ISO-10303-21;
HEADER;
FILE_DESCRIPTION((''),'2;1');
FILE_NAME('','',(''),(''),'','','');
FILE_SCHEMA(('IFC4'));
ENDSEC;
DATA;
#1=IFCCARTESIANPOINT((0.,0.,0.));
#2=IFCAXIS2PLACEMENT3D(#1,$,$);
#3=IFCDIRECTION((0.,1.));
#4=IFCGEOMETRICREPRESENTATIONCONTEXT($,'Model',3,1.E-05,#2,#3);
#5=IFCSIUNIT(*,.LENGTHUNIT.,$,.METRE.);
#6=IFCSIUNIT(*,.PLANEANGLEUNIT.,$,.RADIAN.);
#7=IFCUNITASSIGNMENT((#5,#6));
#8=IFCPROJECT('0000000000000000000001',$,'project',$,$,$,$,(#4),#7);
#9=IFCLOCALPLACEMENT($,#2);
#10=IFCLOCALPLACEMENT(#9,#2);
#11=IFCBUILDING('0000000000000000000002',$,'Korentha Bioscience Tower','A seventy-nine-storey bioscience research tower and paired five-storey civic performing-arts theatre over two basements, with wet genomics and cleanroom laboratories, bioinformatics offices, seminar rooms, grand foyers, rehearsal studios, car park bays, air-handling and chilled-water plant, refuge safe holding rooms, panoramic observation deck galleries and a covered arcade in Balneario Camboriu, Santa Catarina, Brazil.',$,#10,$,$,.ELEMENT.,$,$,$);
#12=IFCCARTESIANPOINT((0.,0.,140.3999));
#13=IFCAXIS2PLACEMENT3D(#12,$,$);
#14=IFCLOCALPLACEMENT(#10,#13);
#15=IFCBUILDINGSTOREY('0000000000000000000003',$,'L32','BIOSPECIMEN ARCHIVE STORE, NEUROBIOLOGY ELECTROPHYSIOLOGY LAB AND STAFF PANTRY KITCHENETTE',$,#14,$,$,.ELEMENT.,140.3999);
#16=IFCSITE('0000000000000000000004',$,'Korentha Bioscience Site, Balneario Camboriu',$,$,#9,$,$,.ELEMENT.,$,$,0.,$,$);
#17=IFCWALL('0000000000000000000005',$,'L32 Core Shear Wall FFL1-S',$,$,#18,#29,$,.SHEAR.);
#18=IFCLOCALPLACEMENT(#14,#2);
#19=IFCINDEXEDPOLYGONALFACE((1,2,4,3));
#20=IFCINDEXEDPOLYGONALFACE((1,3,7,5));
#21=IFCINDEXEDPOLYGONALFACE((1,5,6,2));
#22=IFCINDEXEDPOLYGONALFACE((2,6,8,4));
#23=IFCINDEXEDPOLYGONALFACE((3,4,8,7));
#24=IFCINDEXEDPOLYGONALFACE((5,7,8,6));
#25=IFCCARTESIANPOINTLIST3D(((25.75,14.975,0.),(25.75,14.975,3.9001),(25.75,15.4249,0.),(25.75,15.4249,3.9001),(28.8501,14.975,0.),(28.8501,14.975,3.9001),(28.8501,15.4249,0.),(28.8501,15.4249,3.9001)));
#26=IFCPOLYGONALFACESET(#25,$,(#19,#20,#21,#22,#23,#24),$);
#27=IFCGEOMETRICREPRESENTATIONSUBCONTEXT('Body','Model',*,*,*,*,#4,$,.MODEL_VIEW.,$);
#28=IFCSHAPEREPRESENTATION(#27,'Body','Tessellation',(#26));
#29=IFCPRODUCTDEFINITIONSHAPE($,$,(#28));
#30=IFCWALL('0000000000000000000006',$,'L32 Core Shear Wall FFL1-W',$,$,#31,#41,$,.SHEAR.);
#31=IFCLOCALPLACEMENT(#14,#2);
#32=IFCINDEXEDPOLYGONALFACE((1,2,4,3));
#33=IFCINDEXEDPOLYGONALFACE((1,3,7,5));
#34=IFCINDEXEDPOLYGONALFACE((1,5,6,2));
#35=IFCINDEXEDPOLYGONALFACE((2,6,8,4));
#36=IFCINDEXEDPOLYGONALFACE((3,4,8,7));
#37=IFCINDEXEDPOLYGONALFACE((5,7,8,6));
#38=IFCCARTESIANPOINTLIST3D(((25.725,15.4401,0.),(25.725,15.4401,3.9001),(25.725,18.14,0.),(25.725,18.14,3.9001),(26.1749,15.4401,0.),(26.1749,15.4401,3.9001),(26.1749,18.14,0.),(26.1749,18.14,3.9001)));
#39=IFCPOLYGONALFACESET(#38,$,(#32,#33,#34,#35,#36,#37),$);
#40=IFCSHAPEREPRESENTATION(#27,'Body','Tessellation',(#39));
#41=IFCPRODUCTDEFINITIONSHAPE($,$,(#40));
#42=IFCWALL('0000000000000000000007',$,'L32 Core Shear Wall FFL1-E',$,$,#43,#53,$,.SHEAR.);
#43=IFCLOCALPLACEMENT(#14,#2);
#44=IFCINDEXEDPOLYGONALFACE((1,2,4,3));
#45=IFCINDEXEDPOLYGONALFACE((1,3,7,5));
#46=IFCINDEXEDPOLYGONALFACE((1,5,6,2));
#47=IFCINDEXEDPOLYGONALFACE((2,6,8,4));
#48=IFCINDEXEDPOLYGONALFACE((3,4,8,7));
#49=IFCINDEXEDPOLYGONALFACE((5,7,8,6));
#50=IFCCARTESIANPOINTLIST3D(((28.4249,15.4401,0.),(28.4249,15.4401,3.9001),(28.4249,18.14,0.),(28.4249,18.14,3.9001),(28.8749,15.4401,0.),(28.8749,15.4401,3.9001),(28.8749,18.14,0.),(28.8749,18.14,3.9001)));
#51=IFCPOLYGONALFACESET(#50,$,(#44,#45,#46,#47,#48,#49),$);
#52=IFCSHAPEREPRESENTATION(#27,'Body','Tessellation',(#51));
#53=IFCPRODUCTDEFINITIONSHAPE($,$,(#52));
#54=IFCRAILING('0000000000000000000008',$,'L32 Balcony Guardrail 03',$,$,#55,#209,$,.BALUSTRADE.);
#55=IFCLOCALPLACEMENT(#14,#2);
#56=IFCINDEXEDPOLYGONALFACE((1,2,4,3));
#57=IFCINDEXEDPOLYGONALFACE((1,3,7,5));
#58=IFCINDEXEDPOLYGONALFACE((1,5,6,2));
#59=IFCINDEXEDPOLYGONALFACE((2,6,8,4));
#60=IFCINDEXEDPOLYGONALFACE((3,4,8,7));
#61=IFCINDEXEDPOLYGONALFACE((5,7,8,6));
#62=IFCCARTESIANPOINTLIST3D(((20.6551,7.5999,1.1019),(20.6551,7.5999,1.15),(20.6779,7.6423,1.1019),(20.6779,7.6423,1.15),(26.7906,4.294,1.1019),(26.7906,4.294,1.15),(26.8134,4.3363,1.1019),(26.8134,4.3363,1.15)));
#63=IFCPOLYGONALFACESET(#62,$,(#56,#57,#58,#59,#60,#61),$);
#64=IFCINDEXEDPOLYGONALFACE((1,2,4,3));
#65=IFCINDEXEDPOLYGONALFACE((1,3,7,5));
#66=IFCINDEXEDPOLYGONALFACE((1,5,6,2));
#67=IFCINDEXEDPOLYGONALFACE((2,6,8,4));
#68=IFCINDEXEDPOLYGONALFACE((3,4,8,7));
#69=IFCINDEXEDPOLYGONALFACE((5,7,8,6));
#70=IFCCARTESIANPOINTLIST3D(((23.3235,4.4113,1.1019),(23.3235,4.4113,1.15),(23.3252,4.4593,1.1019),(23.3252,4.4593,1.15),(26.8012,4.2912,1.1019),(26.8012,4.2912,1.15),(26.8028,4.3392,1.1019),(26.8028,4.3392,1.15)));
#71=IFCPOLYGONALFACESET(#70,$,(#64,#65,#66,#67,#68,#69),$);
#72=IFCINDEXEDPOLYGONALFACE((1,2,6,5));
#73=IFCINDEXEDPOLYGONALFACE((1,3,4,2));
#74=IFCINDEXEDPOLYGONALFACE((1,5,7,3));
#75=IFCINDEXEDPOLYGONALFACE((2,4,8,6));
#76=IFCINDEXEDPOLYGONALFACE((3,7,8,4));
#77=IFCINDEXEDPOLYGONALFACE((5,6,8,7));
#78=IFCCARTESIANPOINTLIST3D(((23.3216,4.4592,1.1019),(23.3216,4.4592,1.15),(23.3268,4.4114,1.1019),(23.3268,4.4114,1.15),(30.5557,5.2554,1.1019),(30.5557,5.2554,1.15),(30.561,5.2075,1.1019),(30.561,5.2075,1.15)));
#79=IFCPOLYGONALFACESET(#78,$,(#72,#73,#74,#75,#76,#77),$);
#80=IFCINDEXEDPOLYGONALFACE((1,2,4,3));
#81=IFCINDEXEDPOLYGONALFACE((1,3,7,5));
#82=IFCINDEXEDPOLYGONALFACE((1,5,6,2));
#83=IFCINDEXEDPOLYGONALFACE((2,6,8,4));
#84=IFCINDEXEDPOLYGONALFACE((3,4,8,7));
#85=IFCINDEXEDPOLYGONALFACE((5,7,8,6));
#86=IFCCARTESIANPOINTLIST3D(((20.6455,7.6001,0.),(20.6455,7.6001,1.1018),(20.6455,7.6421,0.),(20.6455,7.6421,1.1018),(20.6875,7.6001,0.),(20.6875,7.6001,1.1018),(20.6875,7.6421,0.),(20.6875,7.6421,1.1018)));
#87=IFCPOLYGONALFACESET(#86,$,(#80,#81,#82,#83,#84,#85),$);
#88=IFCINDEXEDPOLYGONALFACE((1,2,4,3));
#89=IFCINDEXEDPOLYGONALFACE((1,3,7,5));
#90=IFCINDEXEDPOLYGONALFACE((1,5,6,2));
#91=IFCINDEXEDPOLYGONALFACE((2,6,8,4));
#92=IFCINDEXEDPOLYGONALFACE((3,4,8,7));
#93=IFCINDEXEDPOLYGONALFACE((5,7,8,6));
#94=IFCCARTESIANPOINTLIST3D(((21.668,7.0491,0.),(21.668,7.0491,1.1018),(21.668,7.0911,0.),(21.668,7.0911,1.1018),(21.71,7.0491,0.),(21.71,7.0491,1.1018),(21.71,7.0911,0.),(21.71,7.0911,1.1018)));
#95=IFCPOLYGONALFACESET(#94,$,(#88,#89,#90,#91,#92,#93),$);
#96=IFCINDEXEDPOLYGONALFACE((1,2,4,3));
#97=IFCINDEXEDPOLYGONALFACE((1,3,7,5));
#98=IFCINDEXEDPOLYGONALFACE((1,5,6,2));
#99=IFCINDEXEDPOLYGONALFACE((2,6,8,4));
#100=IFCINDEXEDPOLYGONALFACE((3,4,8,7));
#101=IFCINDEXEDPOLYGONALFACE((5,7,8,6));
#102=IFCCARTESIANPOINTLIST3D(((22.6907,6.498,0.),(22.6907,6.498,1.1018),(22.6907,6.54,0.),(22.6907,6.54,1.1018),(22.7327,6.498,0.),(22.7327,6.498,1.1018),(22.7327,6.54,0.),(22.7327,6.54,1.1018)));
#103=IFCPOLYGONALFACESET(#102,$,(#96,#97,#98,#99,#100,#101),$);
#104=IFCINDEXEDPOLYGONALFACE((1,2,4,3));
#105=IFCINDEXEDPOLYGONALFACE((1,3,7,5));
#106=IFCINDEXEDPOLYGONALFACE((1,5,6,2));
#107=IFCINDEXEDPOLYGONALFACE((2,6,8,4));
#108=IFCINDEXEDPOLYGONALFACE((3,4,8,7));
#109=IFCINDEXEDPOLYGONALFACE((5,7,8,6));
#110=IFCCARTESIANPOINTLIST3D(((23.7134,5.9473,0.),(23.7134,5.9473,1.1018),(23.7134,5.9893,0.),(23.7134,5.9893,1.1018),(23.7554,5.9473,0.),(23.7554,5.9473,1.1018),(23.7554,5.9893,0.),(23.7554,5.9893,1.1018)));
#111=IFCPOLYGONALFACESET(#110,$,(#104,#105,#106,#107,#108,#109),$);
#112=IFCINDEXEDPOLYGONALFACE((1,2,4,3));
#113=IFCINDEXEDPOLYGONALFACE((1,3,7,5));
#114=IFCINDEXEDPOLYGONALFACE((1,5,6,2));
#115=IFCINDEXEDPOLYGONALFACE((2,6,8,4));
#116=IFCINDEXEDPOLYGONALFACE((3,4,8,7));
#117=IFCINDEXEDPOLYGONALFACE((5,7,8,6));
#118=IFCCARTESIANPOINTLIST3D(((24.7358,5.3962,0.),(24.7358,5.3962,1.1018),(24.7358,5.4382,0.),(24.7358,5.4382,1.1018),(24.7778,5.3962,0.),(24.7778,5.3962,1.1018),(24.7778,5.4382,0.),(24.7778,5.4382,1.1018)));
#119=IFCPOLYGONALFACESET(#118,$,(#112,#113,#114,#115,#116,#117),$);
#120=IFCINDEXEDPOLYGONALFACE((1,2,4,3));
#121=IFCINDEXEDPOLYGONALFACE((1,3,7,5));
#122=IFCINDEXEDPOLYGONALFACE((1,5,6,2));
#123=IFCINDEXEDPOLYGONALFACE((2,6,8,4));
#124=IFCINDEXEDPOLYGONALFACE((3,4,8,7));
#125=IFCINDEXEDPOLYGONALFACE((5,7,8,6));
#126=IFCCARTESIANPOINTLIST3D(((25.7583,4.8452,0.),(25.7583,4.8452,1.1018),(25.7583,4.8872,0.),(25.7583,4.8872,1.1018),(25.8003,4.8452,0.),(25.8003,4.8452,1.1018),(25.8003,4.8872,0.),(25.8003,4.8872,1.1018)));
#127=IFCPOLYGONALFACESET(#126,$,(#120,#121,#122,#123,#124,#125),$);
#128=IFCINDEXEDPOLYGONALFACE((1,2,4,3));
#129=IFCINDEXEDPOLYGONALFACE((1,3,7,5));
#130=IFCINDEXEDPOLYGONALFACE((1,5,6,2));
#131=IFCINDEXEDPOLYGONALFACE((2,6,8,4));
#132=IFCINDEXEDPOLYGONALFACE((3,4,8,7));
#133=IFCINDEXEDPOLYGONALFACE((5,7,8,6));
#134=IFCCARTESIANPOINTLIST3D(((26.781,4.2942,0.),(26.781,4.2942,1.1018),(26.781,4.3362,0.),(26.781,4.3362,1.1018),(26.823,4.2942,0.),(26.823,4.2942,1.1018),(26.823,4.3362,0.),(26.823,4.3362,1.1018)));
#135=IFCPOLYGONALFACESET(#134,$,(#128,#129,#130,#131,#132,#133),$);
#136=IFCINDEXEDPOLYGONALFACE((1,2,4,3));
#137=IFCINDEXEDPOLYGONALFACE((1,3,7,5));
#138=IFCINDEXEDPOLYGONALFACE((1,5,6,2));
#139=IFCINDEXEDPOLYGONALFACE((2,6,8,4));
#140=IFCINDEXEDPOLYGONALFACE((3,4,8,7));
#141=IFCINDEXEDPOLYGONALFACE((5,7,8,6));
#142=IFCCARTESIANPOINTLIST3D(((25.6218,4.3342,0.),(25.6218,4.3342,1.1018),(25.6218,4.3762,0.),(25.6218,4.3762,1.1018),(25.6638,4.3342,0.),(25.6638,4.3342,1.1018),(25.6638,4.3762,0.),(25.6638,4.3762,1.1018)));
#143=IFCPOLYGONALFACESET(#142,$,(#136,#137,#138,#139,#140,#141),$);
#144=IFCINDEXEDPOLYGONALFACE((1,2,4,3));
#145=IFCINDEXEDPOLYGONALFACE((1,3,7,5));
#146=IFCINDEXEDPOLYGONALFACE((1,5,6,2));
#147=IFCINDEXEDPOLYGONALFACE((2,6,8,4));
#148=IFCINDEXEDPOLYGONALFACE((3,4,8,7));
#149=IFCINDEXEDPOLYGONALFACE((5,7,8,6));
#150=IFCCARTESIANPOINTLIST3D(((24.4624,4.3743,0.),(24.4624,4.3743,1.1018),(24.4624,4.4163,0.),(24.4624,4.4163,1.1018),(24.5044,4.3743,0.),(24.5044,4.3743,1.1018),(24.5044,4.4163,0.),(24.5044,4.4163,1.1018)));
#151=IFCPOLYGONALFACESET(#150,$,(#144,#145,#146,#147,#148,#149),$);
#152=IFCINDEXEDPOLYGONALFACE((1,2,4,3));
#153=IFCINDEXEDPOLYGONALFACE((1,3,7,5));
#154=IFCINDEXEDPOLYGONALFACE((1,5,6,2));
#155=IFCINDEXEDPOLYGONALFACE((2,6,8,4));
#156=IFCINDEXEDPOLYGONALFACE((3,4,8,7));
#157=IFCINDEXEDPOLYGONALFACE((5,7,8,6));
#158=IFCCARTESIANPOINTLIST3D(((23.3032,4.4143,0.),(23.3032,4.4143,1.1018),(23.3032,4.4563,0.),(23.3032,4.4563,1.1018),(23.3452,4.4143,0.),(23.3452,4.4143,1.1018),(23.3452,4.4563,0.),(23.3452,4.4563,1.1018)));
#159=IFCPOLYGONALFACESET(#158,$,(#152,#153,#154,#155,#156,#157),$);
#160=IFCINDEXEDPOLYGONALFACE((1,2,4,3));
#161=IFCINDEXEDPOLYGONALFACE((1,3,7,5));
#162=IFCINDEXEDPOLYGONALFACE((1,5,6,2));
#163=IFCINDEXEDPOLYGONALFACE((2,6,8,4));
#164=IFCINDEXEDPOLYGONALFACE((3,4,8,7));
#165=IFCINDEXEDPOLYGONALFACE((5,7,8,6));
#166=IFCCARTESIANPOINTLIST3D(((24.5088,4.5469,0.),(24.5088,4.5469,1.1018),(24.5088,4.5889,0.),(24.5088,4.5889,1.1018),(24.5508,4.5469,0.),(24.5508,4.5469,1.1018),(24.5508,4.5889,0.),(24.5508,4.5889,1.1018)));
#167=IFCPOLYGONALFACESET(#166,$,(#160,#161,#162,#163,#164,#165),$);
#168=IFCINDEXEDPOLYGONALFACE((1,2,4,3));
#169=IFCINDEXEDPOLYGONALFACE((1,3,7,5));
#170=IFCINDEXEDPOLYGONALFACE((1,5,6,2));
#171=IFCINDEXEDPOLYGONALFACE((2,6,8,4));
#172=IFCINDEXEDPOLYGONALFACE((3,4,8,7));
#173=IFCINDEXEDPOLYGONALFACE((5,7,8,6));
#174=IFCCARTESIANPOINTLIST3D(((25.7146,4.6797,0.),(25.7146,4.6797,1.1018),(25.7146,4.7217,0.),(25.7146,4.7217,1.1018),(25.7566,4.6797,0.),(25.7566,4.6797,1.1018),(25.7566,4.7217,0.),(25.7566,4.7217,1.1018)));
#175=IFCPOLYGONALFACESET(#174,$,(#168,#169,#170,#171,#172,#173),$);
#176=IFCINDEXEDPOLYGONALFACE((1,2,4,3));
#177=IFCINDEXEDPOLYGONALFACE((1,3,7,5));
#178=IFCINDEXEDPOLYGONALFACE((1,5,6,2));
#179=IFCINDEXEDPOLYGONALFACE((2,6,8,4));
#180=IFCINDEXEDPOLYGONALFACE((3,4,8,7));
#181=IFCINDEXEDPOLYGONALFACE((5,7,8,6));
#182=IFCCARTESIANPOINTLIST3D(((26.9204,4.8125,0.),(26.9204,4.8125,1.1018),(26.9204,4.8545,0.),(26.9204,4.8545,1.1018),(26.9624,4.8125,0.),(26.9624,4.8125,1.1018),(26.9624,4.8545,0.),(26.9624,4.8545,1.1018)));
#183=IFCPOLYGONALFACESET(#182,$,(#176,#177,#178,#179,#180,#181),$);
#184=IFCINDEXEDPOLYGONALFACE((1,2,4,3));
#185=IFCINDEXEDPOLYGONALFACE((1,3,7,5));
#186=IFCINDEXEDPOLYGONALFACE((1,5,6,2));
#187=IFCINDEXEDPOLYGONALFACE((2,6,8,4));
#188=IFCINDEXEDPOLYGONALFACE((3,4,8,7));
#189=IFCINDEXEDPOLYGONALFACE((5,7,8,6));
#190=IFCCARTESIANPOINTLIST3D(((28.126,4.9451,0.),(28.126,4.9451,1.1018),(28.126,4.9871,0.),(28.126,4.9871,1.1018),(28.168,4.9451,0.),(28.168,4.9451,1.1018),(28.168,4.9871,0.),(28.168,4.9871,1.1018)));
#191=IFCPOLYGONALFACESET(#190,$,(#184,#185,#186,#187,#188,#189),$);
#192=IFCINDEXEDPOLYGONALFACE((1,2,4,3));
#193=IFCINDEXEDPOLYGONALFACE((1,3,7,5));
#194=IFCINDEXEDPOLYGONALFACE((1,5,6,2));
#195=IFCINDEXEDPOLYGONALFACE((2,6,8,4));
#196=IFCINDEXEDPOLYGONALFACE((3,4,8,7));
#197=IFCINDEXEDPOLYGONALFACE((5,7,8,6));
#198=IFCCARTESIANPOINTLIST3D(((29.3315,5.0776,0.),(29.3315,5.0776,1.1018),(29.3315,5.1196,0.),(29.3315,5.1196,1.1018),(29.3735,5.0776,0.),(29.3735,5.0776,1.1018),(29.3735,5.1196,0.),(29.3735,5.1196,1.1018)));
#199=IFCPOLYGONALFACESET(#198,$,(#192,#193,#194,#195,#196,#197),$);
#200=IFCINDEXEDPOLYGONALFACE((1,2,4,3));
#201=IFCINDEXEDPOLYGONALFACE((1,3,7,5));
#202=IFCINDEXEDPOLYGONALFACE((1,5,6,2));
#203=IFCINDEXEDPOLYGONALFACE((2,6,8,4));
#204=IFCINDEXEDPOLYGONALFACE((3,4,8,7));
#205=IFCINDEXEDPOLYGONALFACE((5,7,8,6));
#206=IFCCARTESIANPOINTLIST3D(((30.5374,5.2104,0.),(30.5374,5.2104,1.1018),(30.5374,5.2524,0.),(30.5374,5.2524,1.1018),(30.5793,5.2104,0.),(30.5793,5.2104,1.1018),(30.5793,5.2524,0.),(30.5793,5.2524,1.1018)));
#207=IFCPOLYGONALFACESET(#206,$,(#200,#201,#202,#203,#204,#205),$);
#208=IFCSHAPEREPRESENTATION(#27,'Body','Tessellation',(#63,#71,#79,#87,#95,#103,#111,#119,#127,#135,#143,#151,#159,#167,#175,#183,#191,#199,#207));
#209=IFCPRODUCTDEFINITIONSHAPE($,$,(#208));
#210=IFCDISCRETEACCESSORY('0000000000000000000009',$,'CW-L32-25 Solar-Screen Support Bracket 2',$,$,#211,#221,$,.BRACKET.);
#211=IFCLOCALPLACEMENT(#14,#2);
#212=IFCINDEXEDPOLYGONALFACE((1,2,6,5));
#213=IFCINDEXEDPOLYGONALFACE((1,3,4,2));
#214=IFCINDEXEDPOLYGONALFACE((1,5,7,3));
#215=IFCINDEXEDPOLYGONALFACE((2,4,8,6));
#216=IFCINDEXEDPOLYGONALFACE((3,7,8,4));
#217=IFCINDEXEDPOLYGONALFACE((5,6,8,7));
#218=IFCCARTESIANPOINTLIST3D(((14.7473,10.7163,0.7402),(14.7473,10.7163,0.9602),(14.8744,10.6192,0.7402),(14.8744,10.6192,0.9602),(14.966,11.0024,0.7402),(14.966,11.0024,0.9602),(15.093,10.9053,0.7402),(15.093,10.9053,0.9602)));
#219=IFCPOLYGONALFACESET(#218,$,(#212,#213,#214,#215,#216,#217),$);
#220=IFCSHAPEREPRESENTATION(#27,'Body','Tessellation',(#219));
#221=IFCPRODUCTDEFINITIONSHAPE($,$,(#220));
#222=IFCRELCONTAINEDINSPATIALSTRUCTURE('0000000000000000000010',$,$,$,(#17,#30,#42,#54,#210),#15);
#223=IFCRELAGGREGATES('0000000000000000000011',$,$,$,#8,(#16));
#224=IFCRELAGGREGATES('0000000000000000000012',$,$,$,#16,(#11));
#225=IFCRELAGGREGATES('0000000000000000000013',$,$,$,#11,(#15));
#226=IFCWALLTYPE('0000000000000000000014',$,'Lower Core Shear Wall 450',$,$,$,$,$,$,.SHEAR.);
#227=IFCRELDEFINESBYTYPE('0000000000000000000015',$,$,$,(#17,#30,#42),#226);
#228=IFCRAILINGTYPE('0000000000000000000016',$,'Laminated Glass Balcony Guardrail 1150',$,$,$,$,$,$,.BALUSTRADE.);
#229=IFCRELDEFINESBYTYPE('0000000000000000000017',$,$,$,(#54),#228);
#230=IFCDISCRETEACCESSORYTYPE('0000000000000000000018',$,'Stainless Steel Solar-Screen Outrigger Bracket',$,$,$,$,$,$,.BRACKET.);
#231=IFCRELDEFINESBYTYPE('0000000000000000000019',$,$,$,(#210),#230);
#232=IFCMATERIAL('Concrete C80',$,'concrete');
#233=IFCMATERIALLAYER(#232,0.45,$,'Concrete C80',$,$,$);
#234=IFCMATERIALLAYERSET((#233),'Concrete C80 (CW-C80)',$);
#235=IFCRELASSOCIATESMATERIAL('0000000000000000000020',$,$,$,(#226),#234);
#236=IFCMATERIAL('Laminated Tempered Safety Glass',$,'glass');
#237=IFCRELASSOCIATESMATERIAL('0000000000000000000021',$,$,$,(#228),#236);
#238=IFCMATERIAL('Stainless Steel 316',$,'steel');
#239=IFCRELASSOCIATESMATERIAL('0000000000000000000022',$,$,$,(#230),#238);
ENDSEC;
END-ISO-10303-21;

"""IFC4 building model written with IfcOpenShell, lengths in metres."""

from ifc_helpers import new_model, si_unit, direction, frame, frame_2d, origin, origin_2d, place, context, subcontext, project, spatial, rectangle, extrude, material, layer, layer_set, type_object, element, save


model = new_model("IFC4")

# Units and contexts
model_context = context("Model", 3, precision=1e-05, world=origin(), true_north=direction((0.0, 1.0)))
body_context = subcontext(model_context, "Body", "Model", "MODEL_VIEW")
ifc_project = project(units=[si_unit("LENGTHUNIT", "METRE"), si_unit("PLANEANGLEUNIT", "RADIAN")], contexts=[model_context])

# Site, building, storey
site_placement = place(None, origin())
site = spatial("IfcSite", under=ifc_project, at=site_placement, Name="Korentha Bioscience Site, Balneario Camboriu", CompositionType="ELEMENT", RefElevation=0.0)
building_placement = place(site_placement, origin())
building = spatial("IfcBuilding", under=site, at=building_placement, Name="Korentha Bioscience Tower", Description="A seventy-nine-storey bioscience research tower and paired five-storey civic performing-arts theatre over two basements, with wet genomics and cleanroom laboratories, bioinformatics offices, seminar rooms, grand foyers, rehearsal studios, car park bays, air-handling and chilled-water plant, refuge safe holding rooms, panoramic observation deck galleries and a covered arcade in Balneario Camboriu, Santa Catarina, Brazil.", CompositionType="ELEMENT")
storey_placement = place(building_placement, frame((0.0, 0.0, 140.3999)))
storey = spatial("IfcBuildingStorey", under=building, at=storey_placement, Name="L32", Description="BIOSPECIMEN ARCHIVE STORE, NEUROBIOLOGY ELECTROPHYSIOLOGY LAB AND STAFF PANTRY KITCHENETTE", CompositionType="ELEMENT", Elevation=140.3999)

# Shared definitions
ifc_material_1 = material(Name="Concrete C80", Category="concrete")

# Walls
ifc_layer_1 = layer(ifc_material_1, 0.45, Name="Concrete C80")
ifc_layer_set_1 = layer_set([ifc_layer_1], Name="Concrete C80 (CW-C80)")
wall_type_1 = type_object("IfcWallType", Name="Lower Core Shear Wall 450", PredefinedType="SHEAR", material=ifc_layer_set_1)
wall_1_placement = place(storey_placement, frame((25.75, 15.2, 0.0), z_axis=(0.0, 0.0, 1.0), x_axis=(1.0, 0.0, 0.0)))
element("IfcWall", 1, at=wall_1_placement, inside=storey, type_object=wall_type_1, Name="L32 Core Shear Wall FFL1-S", PredefinedType="SHEAR", context=body_context, shape_type="SweptSolid", body=[
    extrude(rectangle(XDim=3.1001, YDim=0.45, at=frame_2d((1.55, 0.0))), origin(), (0.0, 0.0, 1.0), 3.9001),
])
for number, where, z_axis, x_axis, name in (
    (2, (25.95, 15.4399, 0.0), (0.0, 0.0, 1.0), (0.0, 1.0, 0.0), "L32 Core Shear Wall FFL1-W"),
    (3, (28.6499, 15.4399, 0.0), (0.0, 0.0, 1.0), (0.0, 1.0, 0.0), "L32 Core Shear Wall FFL1-E"),
):
    element("IfcWall", number, at=place(storey_placement, frame(where, z_axis=z_axis, x_axis=x_axis)), inside=storey, type_object=wall_type_1, Name=name, PredefinedType="SHEAR", context=body_context, shape_type="SweptSolid", body=[
        extrude(rectangle(XDim=2.7, YDim=0.45, at=frame_2d((1.3501, 0.0))), origin(), (0.0, 0.0, 1.0), 3.9001),
    ])

# Railing
ifc_material_2 = material(Name="Laminated Tempered Safety Glass", Category="glass")
railing_type = type_object("IfcRailingType", Name="Laminated Glass Balcony Guardrail 1150", PredefinedType="BALUSTRADE", material=ifc_material_2)
railing_placement = place(storey_placement, frame((20.6665, 7.6211, 0.0)))
element("IfcRailing", 4, at=railing_placement, inside=storey, type_object=railing_type, Name="L32 Balcony Guardrail 03", PredefinedType="BALUSTRADE", context=body_context, shape_type="SweptSolid", body=[
    extrude(rectangle(XDim=0.0481, YDim=0.0481, at=origin_2d()), frame((0.0, 0.0, 1.126), z_axis=(0.880341, -0.474342, 0.0), x_axis=(0.474342, 0.880341, 0.0)), (0.0, 0.0, 1.0), 6.9695),
    extrude(rectangle(XDim=0.0481, YDim=0.0481, at=origin_2d()), frame((6.1355, -3.3059, 1.126), z_axis=(-0.999404, 0.034518, 0.0), x_axis=(-0.034518, -0.999404, 0.0)), (0.0, 0.0, 1.0), 3.4797),
    extrude(rectangle(XDim=0.0481, YDim=0.0481, at=origin_2d()), frame((2.6577, -3.1858, 1.126), z_axis=(0.993999, 0.109393, 0.0), x_axis=(-0.109393, 0.993999, 0.0)), (0.0, 0.0, 1.0), 7.2778),
    extrude(rectangle(XDim=0.042, YDim=0.042, at=origin_2d()), origin(), (0.0, 0.0, 1.0), 1.1018),
    extrude(rectangle(XDim=0.042, YDim=0.042, at=origin_2d()), frame((1.0225, -0.551, 0.0)), (0.0, 0.0, 1.0), 1.1018),
    extrude(rectangle(XDim=0.042, YDim=0.042, at=origin_2d()), frame((2.0452, -1.1021, 0.0)), (0.0, 0.0, 1.0), 1.1018),
    extrude(rectangle(XDim=0.042, YDim=0.042, at=origin_2d()), frame((3.0679, -1.6528, 0.0)), (0.0, 0.0, 1.0), 1.1018),
    extrude(rectangle(XDim=0.042, YDim=0.042, at=origin_2d()), frame((4.0903, -2.2039, 0.0)), (0.0, 0.0, 1.0), 1.1018),
    extrude(rectangle(XDim=0.042, YDim=0.042, at=origin_2d()), frame((5.1128, -2.7549, 0.0)), (0.0, 0.0, 1.0), 1.1018),
    extrude(rectangle(XDim=0.042, YDim=0.042, at=origin_2d()), frame((6.1355, -3.3059, 0.0)), (0.0, 0.0, 1.0), 1.1018),
    extrude(rectangle(XDim=0.042, YDim=0.042, at=origin_2d()), frame((4.9763, -3.2659, 0.0)), (0.0, 0.0, 1.0), 1.1018),
    extrude(rectangle(XDim=0.042, YDim=0.042, at=origin_2d()), frame((3.8169, -3.2258, 0.0)), (0.0, 0.0, 1.0), 1.1018),
    extrude(rectangle(XDim=0.042, YDim=0.042, at=origin_2d()), frame((2.6577, -3.1858, 0.0)), (0.0, 0.0, 1.0), 1.1018),
    extrude(rectangle(XDim=0.042, YDim=0.042, at=origin_2d()), frame((3.8633, -3.0532, 0.0)), (0.0, 0.0, 1.0), 1.1018),
    extrude(rectangle(XDim=0.042, YDim=0.042, at=origin_2d()), frame((5.0691, -2.9204, 0.0)), (0.0, 0.0, 1.0), 1.1018),
    extrude(rectangle(XDim=0.042, YDim=0.042, at=origin_2d()), frame((6.2749, -2.7876, 0.0)), (0.0, 0.0, 1.0), 1.1018),
    extrude(rectangle(XDim=0.042, YDim=0.042, at=origin_2d()), frame((7.4805, -2.655, 0.0)), (0.0, 0.0, 1.0), 1.1018),
    extrude(rectangle(XDim=0.042, YDim=0.042, at=origin_2d()), frame((8.686, -2.5225, 0.0)), (0.0, 0.0, 1.0), 1.1018),
    extrude(rectangle(XDim=0.042, YDim=0.042, at=origin_2d()), frame((9.8918, -2.3896, 0.0)), (0.0, 0.0, 1.0), 1.1018),
])

# Discrete accessory
ifc_material_3 = material(Name="Stainless Steel 316", Category="steel")
discrete_accessory_type = type_object("IfcDiscreteAccessoryType", Name="Stainless Steel Solar-Screen Outrigger Bracket", PredefinedType="BRACKET", material=ifc_material_3)
discrete_accessory_placement = place(storey_placement, frame((14.9202, 10.8108, 0.7402), z_axis=(0.0, 0.0, 1.0), x_axis=(0.7945, -0.607265, 0.0)))
element("IfcDiscreteAccessory", 5, at=discrete_accessory_placement, inside=storey, type_object=discrete_accessory_type, Name="CW-L32-25 Solar-Screen Support Bracket 2", PredefinedType="BRACKET", context=body_context, shape_type="SweptSolid", body=[
    extrude(rectangle(XDim=0.1599, YDim=0.3601, at=origin_2d()), origin(), (0.0, 0.0, 1.0), 0.22),
])

save(model, "model.ifc")
